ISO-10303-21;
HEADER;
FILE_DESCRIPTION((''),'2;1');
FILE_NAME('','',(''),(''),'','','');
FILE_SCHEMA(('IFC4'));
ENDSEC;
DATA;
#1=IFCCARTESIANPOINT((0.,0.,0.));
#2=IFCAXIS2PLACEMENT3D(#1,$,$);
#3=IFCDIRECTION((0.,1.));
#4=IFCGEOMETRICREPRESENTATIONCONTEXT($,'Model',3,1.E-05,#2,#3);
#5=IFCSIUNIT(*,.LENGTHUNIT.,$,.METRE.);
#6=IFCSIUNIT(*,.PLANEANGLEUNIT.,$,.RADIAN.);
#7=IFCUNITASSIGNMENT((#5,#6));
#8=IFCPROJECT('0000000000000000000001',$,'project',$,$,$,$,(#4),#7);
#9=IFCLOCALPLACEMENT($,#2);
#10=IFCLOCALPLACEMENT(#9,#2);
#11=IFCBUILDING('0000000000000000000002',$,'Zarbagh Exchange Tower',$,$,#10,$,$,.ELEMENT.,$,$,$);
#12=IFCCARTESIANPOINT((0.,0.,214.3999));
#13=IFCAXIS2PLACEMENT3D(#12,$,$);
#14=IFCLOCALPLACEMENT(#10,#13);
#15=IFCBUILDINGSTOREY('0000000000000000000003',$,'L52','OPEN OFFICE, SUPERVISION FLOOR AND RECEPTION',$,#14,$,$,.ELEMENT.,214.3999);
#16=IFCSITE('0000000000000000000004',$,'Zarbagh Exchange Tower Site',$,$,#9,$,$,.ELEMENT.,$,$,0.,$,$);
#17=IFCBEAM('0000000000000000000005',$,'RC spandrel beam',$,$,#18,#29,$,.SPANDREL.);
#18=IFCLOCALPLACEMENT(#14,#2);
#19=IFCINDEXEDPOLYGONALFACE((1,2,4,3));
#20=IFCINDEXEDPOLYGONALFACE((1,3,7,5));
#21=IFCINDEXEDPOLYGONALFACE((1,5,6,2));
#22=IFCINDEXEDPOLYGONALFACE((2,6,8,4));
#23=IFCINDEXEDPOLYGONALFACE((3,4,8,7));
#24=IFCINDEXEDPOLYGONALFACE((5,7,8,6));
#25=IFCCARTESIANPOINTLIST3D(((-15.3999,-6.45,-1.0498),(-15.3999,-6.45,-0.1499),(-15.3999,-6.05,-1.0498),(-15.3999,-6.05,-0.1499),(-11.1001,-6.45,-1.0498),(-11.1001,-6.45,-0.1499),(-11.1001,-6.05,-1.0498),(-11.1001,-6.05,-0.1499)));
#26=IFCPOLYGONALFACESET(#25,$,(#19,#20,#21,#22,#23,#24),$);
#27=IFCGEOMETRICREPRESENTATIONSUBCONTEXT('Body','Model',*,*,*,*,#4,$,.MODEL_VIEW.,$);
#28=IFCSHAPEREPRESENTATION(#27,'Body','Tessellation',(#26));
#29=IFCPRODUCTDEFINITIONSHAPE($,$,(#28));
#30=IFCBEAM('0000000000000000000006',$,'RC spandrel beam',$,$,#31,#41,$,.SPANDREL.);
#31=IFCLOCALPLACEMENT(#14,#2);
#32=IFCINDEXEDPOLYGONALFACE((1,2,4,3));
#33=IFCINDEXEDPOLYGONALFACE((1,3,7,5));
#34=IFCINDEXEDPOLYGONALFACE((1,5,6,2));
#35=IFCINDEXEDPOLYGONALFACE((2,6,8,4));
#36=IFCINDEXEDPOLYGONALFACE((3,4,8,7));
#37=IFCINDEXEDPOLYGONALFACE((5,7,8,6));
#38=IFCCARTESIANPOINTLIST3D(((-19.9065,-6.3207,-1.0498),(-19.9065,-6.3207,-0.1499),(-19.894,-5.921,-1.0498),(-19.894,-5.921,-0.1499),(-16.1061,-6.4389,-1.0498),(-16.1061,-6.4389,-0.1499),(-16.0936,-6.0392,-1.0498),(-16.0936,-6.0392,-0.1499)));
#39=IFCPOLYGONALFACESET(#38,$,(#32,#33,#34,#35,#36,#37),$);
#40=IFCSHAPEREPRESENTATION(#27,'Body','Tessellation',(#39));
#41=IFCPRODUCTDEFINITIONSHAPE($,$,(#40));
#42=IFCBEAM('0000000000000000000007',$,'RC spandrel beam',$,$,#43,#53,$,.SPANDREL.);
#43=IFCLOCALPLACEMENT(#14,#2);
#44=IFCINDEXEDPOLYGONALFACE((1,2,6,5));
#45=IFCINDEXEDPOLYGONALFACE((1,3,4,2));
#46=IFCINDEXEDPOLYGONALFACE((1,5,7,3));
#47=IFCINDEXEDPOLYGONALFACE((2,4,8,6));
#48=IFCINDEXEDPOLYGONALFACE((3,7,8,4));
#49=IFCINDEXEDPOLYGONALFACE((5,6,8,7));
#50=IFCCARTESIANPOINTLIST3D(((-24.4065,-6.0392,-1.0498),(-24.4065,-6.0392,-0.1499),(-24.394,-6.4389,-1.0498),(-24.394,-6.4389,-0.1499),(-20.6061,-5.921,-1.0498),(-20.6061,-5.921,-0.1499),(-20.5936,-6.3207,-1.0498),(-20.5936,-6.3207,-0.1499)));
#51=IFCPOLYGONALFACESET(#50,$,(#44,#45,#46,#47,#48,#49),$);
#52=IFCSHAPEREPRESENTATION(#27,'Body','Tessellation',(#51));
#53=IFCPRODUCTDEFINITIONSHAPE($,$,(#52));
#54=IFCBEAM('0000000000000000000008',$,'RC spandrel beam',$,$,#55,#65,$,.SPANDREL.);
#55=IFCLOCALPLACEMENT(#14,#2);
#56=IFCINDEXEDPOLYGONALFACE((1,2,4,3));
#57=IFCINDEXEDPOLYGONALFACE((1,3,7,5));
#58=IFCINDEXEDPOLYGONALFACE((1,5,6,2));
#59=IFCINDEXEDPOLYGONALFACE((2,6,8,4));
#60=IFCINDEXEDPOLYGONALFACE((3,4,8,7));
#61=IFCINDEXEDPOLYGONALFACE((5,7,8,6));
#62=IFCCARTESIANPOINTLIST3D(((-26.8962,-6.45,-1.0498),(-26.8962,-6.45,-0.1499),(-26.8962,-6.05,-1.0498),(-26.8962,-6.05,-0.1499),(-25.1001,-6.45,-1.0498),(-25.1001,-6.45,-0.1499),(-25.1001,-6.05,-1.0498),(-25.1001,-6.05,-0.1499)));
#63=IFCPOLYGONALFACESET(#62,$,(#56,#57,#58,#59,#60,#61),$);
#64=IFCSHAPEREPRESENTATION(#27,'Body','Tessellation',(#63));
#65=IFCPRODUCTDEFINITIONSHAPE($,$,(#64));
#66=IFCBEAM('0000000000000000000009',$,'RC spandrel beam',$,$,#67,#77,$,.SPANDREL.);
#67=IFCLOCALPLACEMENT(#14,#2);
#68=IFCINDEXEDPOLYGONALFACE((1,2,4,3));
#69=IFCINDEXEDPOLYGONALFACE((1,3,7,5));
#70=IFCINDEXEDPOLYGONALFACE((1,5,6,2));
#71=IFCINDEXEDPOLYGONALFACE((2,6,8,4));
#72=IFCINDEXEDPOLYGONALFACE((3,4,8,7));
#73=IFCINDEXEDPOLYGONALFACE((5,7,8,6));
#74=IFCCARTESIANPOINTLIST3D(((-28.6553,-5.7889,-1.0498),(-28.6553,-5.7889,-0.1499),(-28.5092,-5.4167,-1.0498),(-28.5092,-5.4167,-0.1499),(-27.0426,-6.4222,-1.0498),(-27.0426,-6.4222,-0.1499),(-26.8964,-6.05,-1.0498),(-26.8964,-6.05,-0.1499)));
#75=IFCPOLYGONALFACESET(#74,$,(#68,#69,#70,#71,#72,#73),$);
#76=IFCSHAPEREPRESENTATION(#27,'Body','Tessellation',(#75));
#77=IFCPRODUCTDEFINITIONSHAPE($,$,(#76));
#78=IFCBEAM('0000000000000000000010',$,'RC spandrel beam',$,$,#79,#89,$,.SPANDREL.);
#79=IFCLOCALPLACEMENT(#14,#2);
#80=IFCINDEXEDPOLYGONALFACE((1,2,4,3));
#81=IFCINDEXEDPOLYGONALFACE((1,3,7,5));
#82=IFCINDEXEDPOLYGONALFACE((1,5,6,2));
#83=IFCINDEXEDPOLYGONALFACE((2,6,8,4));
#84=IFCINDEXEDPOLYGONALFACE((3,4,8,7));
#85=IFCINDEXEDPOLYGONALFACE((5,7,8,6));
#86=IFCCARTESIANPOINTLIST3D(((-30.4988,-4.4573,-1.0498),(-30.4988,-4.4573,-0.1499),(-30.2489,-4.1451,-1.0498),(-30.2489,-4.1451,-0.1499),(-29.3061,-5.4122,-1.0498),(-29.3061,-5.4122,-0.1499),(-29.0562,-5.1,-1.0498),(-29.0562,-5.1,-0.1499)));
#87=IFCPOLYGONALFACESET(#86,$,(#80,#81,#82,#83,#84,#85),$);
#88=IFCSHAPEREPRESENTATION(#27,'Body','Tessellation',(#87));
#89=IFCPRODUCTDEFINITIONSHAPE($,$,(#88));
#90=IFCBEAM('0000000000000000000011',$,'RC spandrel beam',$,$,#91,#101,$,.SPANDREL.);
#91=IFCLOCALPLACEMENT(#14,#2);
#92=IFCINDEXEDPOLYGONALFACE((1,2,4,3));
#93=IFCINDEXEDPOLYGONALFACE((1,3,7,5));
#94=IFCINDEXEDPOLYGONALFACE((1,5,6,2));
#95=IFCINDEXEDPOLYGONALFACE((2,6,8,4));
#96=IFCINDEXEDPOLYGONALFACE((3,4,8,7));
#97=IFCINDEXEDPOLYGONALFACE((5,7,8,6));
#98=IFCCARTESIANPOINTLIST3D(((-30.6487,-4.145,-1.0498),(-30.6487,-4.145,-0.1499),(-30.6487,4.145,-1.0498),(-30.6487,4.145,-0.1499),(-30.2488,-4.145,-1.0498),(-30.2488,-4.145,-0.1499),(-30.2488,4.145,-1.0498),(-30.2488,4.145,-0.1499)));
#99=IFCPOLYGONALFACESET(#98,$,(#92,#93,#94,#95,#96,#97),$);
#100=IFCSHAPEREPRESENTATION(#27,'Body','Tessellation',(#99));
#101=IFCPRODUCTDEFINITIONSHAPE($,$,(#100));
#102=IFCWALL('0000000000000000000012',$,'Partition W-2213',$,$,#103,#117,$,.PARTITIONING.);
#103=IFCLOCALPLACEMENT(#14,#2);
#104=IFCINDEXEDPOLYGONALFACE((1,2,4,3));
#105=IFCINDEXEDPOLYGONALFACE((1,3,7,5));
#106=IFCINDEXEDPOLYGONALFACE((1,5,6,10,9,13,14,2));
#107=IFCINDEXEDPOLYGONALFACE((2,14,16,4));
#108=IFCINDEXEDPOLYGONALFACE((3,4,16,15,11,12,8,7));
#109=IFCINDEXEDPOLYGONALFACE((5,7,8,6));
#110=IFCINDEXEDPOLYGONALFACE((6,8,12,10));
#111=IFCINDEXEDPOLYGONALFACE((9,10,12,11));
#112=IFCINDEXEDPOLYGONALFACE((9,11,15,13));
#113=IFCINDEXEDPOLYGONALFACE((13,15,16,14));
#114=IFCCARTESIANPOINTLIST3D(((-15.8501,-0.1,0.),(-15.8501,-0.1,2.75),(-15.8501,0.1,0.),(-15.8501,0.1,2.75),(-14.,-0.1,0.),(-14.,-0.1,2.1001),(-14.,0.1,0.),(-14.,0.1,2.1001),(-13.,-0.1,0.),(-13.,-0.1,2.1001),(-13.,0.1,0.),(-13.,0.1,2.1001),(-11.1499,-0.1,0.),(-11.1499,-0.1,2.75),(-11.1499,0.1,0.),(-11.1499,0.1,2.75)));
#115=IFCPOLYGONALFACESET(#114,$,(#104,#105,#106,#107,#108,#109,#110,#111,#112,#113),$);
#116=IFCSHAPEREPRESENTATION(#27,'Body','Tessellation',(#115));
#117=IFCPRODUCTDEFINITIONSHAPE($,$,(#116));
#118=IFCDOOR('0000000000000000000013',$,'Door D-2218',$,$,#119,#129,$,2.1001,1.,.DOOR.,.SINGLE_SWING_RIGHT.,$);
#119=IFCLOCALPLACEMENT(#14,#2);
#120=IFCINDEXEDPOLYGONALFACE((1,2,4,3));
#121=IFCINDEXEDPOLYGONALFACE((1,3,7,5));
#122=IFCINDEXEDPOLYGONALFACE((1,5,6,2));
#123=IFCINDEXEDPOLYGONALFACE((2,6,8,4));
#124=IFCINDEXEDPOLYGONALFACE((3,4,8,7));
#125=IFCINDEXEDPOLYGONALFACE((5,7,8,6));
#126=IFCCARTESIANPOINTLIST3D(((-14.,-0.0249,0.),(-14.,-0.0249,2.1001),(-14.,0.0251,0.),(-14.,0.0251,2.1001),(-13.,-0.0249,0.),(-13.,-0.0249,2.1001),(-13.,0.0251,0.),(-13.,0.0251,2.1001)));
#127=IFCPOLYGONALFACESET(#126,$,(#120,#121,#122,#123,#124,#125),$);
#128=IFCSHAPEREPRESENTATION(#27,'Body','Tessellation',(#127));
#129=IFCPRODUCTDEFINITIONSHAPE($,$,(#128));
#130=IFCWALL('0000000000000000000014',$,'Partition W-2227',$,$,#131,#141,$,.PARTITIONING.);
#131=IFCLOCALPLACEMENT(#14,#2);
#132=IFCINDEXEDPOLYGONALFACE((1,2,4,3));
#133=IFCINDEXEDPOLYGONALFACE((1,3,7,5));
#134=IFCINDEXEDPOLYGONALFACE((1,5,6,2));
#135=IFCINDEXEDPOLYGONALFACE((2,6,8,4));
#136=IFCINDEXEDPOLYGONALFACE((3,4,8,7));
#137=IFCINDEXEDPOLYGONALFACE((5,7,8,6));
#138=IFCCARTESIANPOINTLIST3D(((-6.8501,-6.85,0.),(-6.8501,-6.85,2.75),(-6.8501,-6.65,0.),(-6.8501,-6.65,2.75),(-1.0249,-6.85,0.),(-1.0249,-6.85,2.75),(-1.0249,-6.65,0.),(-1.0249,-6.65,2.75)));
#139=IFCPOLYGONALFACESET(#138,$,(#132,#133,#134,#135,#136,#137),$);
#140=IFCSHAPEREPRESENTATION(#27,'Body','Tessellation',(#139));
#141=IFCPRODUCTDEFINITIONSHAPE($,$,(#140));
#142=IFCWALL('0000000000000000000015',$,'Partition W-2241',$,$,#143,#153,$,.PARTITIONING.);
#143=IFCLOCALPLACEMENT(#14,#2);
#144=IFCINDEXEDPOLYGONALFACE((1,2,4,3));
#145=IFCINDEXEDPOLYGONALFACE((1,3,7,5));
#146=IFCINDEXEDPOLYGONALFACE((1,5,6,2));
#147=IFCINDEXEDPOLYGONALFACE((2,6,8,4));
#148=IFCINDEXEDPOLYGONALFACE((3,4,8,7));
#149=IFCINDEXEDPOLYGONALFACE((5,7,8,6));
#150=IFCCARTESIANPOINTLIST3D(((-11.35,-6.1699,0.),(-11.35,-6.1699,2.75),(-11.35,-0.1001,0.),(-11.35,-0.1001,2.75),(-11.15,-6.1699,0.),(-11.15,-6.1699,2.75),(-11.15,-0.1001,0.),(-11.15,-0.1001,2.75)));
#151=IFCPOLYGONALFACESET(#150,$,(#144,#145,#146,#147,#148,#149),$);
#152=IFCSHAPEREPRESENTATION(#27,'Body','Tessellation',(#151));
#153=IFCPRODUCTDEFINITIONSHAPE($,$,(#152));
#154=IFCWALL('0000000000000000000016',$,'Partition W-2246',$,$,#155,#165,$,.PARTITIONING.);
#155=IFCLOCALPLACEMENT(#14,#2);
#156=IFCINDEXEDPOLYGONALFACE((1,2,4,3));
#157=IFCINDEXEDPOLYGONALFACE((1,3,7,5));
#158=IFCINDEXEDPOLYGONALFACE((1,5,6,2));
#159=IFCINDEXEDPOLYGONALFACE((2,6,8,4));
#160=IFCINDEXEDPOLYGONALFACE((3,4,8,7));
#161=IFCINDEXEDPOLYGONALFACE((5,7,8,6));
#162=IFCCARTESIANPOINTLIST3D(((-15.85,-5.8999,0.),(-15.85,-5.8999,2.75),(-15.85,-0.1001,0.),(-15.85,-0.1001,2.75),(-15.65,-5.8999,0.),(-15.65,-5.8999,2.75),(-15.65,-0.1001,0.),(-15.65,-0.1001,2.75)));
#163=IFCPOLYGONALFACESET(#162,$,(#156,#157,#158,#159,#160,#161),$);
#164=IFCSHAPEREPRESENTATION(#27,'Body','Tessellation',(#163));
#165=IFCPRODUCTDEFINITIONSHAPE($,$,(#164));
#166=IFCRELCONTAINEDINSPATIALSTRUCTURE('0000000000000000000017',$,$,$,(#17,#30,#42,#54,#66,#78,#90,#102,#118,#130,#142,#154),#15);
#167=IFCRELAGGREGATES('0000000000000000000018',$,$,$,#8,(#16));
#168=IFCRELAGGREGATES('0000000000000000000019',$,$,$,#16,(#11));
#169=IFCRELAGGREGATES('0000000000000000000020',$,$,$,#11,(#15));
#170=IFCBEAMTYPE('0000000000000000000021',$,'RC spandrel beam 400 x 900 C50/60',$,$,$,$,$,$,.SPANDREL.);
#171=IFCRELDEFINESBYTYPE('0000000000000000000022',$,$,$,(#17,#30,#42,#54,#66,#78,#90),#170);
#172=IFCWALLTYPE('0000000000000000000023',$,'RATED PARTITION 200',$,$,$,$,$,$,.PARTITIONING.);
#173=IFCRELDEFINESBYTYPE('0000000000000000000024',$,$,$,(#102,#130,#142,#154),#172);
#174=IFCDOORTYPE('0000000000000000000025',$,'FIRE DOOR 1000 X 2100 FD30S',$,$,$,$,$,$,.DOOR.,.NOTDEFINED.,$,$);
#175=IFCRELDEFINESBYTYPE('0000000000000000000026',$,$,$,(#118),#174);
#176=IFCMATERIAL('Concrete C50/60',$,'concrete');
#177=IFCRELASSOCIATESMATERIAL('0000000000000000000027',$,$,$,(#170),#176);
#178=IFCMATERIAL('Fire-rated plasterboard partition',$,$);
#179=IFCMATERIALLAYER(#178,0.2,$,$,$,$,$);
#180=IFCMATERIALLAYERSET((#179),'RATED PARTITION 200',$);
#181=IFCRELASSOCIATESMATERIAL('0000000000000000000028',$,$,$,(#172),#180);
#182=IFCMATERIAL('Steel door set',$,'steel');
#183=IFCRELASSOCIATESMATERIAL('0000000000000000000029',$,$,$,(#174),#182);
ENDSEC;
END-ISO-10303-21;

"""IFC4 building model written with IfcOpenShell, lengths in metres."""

from ifc_helpers import new_model, si_unit, direction, frame, frame_2d, origin, origin_2d, place, context, subcontext, project, spatial, rectangle, extrude, material, layer, layer_set, material_profile, profile_set, type_object, element, fill, save


model = new_model("IFC4")

# Units and contexts
model_context = context("Model", 3, precision=1e-05, world=origin(), true_north=direction((0.0, 1.0)))
body_context = subcontext(model_context, "Body", "Model", "MODEL_VIEW")
ifc_project = project(units=[si_unit("LENGTHUNIT", "METRE"), si_unit("PLANEANGLEUNIT", "RADIAN")], contexts=[model_context])

# Site, building, storey
site_placement = place(None, origin())
site = spatial("IfcSite", under=ifc_project, at=site_placement, Name="Zarbagh Exchange Tower Site", CompositionType="ELEMENT", RefElevation=0.0)
building_placement = place(site_placement, origin())
building = spatial("IfcBuilding", under=site, at=building_placement, Name="Zarbagh Exchange Tower", CompositionType="ELEMENT")
storey_placement = place(building_placement, frame((0.0, 0.0, 214.3999)))
storey = spatial("IfcBuildingStorey", under=building, at=storey_placement, Name="L52", Description="OPEN OFFICE, SUPERVISION FLOOR AND RECEPTION", CompositionType="ELEMENT", Elevation=214.3999)

# Shared definitions
ifc_material_1 = material(Name="Concrete C50/60", Category="concrete")

# Beams
ifc_material_profile_1 = material_profile(ifc_material_1, rectangle(XDim=0.3999, YDim=0.8999, at=origin_2d()), Name="RC spandrel beam 400 x 900 C50/60")
ifc_profile_set_1 = profile_set([ifc_material_profile_1], Name="Concrete C50/60")
beam_type_1 = type_object("IfcBeamType", Name="RC spandrel beam 400 x 900 C50/60", PredefinedType="SPANDREL", material=ifc_profile_set_1)
beam_1_placement = place(storey_placement, frame((-11.1001, -6.25, -0.5999), z_axis=(-1.0, 0.0, 0.0), x_axis=(0.0, -1.0, 0.0)))
element("IfcBeam", 1, at=beam_1_placement, inside=storey, type_object=beam_type_1, Name="RC spandrel beam", PredefinedType="SPANDREL", context=body_context, shape_type="SweptSolid", body=[
    extrude(rectangle(XDim=0.3999, YDim=0.8999, at=origin_2d()), origin(), (0.0, 0.0, 1.0), 4.2998),
])
for number, where, z_axis, x_axis, name in (
    (2, (-16.0999, -6.239, -0.5999), (-0.999517, 0.031078, 0.0), (-0.031078, -0.999517, 0.0), "RC spandrel beam"),
    (3, (-20.5999, -6.1208, -0.5999), (-0.999517, -0.031078, 0.0), (0.031078, -0.999517, 0.0), "RC spandrel beam"),
):
    element("IfcBeam", number, at=place(storey_placement, frame(where, z_axis=z_axis, x_axis=x_axis)), inside=storey, type_object=beam_type_1, Name=name, PredefinedType="SPANDREL", context=body_context, shape_type="SweptSolid", body=[
        extrude(rectangle(XDim=0.3999, YDim=0.8999, at=origin_2d()), origin(), (0.0, 0.0, 1.0), 3.8022),
    ])
beam_2_placement = place(storey_placement, frame((-25.1001, -6.25, -0.5999), z_axis=(-1.0, 0.0, 0.0), x_axis=(0.0, -1.0, 0.0)))
element("IfcBeam", 4, at=beam_2_placement, inside=storey, type_object=beam_type_1, Name="RC spandrel beam", PredefinedType="SPANDREL", context=body_context, shape_type="SweptSolid", body=[
    extrude(rectangle(XDim=0.3999, YDim=0.8999, at=origin_2d()), origin(), (0.0, 0.0, 1.0), 1.7961),
])
beam_3_placement = place(storey_placement, frame((-26.9695, -6.2361, -0.5999), z_axis=(-0.93081, 0.365504, 0.0), x_axis=(-0.365504, -0.93081, 0.0)))
element("IfcBeam", 5, at=beam_3_placement, inside=storey, type_object=beam_type_1, Name="RC spandrel beam", PredefinedType="SPANDREL", context=body_context, shape_type="SweptSolid", body=[
    extrude(rectangle(XDim=0.3999, YDim=0.8999, at=origin_2d()), origin(), (0.0, 0.0, 1.0), 1.7327),
])
beam_4_placement = place(storey_placement, frame((-29.1812, -5.2561, -0.5999), z_axis=(-0.780635, 0.624987, 0.0), x_axis=(-0.624987, -0.780635, 0.0)))
element("IfcBeam", 6, at=beam_4_placement, inside=storey, type_object=beam_type_1, Name="RC spandrel beam", PredefinedType="SPANDREL", context=body_context, shape_type="SweptSolid", body=[
    extrude(rectangle(XDim=0.3999, YDim=0.8999, at=origin_2d()), origin(), (0.0, 0.0, 1.0), 1.5278),
])
beam_5_placement = place(storey_placement, frame((-30.4487, -4.145, -0.5999), z_axis=(0.0, 1.0, 0.0), x_axis=(-1.0, 0.0, 0.0)))
element("IfcBeam", 7, at=beam_5_placement, inside=storey, type_object=beam_type_1, Name="RC spandrel beam", PredefinedType="SPANDREL", context=body_context, shape_type="SweptSolid", body=[
    extrude(rectangle(XDim=0.3999, YDim=0.8999, at=origin_2d()), origin(), (0.0, 0.0, 1.0), 8.29),
])

# Wall, opening, door
ifc_material_2 = material(Name="Fire-rated plasterboard partition")
ifc_layer = layer(ifc_material_2, 0.2)
ifc_layer_set = layer_set([ifc_layer], Name="RATED PARTITION 200")
wall_type = type_object("IfcWallType", Name="RATED PARTITION 200", PredefinedType="PARTITIONING", material=ifc_layer_set)
wall_1_placement = place(storey_placement, frame((-11.1499, 0.0, 0.0), z_axis=(0.0, 0.0, 1.0), x_axis=(-1.0, 0.0, 0.0)))
wall_1 = element("IfcWall", 8, at=wall_1_placement, inside=storey, type_object=wall_type, Name="Partition W-2213", PredefinedType="PARTITIONING", context=body_context, shape_type="SweptSolid", body=[
    extrude(rectangle(XDim=4.7002, YDim=0.2, at=frame_2d((2.3501, 0.0))), origin(), (0.0, 0.0, 1.0), 2.75),
])
opening_placement = place(wall_1_placement, frame((1.8501, 0.0, 0.0)))
opening = element("IfcOpeningElement", 9, at=opening_placement, cuts=wall_1, PredefinedType="OPENING", context=body_context, shape_type="SweptSolid", body=[
    extrude(rectangle(XDim=1.0, YDim=2.1001, at=frame_2d((0.5, 1.05))), frame((0.0, 0.1099, 0.0), z_axis=(0.0, -1.0, 0.0), x_axis=(1.0, 0.0, 0.0)), (0.0, 0.0, 1.0), 0.22),
])
ifc_material_3 = material(Name="Steel door set", Category="steel")
door_type = type_object("IfcDoorType", Name="FIRE DOOR 1000 X 2100 FD30S", OperationType="NOTDEFINED", PredefinedType="DOOR", material=ifc_material_3)
door_placement = place(opening_placement, origin())
door = element("IfcDoor", 10, at=door_placement, inside=storey, type_object=door_type, Name="Door D-2218", OperationType="SINGLE_SWING_RIGHT", OverallHeight=2.1001, OverallWidth=1.0, PredefinedType="DOOR", context=body_context, shape_type="SweptSolid", body=[
    extrude(rectangle(XDim=1.0, YDim=2.1001, at=frame_2d((0.5, 1.05))), frame((0.0, 0.0249, 0.0), z_axis=(0.0, -1.0, 0.0), x_axis=(1.0, 0.0, 0.0)), (0.0, 0.0, 1.0), 0.05),
])
fill(opening, door)

# Walls
wall_2_placement = place(storey_placement, frame((-6.8501, -6.75, 0.0), z_axis=(0.0, 0.0, 1.0), x_axis=(1.0, 0.0, 0.0)))
element("IfcWall", 11, at=wall_2_placement, inside=storey, type_object=wall_type, Name="Partition W-2227", PredefinedType="PARTITIONING", context=body_context, shape_type="SweptSolid", body=[
    extrude(rectangle(XDim=5.8252, YDim=0.2, at=frame_2d((2.9126, 0.0))), origin(), (0.0, 0.0, 1.0), 2.75),
])
wall_3_placement = place(storey_placement, frame((-11.25, -6.1699, 0.0), z_axis=(0.0, 0.0, 1.0), x_axis=(0.0, 1.0, 0.0)))
element("IfcWall", 12, at=wall_3_placement, inside=storey, type_object=wall_type, Name="Partition W-2241", PredefinedType="PARTITIONING", context=body_context, shape_type="SweptSolid", body=[
    extrude(rectangle(XDim=6.0698, YDim=0.2, at=frame_2d((3.0349, 0.0))), origin(), (0.0, 0.0, 1.0), 2.75),
])
wall_4_placement = place(storey_placement, frame((-15.75, -5.8999, 0.0), z_axis=(0.0, 0.0, 1.0), x_axis=(0.0, 1.0, 0.0)))
element("IfcWall", 13, at=wall_4_placement, inside=storey, type_object=wall_type, Name="Partition W-2246", PredefinedType="PARTITIONING", context=body_context, shape_type="SweptSolid", body=[
    extrude(rectangle(XDim=5.7998, YDim=0.2, at=frame_2d((2.8999, 0.0))), origin(), (0.0, 0.0, 1.0), 2.75),
])

save(model, "model.ifc")
